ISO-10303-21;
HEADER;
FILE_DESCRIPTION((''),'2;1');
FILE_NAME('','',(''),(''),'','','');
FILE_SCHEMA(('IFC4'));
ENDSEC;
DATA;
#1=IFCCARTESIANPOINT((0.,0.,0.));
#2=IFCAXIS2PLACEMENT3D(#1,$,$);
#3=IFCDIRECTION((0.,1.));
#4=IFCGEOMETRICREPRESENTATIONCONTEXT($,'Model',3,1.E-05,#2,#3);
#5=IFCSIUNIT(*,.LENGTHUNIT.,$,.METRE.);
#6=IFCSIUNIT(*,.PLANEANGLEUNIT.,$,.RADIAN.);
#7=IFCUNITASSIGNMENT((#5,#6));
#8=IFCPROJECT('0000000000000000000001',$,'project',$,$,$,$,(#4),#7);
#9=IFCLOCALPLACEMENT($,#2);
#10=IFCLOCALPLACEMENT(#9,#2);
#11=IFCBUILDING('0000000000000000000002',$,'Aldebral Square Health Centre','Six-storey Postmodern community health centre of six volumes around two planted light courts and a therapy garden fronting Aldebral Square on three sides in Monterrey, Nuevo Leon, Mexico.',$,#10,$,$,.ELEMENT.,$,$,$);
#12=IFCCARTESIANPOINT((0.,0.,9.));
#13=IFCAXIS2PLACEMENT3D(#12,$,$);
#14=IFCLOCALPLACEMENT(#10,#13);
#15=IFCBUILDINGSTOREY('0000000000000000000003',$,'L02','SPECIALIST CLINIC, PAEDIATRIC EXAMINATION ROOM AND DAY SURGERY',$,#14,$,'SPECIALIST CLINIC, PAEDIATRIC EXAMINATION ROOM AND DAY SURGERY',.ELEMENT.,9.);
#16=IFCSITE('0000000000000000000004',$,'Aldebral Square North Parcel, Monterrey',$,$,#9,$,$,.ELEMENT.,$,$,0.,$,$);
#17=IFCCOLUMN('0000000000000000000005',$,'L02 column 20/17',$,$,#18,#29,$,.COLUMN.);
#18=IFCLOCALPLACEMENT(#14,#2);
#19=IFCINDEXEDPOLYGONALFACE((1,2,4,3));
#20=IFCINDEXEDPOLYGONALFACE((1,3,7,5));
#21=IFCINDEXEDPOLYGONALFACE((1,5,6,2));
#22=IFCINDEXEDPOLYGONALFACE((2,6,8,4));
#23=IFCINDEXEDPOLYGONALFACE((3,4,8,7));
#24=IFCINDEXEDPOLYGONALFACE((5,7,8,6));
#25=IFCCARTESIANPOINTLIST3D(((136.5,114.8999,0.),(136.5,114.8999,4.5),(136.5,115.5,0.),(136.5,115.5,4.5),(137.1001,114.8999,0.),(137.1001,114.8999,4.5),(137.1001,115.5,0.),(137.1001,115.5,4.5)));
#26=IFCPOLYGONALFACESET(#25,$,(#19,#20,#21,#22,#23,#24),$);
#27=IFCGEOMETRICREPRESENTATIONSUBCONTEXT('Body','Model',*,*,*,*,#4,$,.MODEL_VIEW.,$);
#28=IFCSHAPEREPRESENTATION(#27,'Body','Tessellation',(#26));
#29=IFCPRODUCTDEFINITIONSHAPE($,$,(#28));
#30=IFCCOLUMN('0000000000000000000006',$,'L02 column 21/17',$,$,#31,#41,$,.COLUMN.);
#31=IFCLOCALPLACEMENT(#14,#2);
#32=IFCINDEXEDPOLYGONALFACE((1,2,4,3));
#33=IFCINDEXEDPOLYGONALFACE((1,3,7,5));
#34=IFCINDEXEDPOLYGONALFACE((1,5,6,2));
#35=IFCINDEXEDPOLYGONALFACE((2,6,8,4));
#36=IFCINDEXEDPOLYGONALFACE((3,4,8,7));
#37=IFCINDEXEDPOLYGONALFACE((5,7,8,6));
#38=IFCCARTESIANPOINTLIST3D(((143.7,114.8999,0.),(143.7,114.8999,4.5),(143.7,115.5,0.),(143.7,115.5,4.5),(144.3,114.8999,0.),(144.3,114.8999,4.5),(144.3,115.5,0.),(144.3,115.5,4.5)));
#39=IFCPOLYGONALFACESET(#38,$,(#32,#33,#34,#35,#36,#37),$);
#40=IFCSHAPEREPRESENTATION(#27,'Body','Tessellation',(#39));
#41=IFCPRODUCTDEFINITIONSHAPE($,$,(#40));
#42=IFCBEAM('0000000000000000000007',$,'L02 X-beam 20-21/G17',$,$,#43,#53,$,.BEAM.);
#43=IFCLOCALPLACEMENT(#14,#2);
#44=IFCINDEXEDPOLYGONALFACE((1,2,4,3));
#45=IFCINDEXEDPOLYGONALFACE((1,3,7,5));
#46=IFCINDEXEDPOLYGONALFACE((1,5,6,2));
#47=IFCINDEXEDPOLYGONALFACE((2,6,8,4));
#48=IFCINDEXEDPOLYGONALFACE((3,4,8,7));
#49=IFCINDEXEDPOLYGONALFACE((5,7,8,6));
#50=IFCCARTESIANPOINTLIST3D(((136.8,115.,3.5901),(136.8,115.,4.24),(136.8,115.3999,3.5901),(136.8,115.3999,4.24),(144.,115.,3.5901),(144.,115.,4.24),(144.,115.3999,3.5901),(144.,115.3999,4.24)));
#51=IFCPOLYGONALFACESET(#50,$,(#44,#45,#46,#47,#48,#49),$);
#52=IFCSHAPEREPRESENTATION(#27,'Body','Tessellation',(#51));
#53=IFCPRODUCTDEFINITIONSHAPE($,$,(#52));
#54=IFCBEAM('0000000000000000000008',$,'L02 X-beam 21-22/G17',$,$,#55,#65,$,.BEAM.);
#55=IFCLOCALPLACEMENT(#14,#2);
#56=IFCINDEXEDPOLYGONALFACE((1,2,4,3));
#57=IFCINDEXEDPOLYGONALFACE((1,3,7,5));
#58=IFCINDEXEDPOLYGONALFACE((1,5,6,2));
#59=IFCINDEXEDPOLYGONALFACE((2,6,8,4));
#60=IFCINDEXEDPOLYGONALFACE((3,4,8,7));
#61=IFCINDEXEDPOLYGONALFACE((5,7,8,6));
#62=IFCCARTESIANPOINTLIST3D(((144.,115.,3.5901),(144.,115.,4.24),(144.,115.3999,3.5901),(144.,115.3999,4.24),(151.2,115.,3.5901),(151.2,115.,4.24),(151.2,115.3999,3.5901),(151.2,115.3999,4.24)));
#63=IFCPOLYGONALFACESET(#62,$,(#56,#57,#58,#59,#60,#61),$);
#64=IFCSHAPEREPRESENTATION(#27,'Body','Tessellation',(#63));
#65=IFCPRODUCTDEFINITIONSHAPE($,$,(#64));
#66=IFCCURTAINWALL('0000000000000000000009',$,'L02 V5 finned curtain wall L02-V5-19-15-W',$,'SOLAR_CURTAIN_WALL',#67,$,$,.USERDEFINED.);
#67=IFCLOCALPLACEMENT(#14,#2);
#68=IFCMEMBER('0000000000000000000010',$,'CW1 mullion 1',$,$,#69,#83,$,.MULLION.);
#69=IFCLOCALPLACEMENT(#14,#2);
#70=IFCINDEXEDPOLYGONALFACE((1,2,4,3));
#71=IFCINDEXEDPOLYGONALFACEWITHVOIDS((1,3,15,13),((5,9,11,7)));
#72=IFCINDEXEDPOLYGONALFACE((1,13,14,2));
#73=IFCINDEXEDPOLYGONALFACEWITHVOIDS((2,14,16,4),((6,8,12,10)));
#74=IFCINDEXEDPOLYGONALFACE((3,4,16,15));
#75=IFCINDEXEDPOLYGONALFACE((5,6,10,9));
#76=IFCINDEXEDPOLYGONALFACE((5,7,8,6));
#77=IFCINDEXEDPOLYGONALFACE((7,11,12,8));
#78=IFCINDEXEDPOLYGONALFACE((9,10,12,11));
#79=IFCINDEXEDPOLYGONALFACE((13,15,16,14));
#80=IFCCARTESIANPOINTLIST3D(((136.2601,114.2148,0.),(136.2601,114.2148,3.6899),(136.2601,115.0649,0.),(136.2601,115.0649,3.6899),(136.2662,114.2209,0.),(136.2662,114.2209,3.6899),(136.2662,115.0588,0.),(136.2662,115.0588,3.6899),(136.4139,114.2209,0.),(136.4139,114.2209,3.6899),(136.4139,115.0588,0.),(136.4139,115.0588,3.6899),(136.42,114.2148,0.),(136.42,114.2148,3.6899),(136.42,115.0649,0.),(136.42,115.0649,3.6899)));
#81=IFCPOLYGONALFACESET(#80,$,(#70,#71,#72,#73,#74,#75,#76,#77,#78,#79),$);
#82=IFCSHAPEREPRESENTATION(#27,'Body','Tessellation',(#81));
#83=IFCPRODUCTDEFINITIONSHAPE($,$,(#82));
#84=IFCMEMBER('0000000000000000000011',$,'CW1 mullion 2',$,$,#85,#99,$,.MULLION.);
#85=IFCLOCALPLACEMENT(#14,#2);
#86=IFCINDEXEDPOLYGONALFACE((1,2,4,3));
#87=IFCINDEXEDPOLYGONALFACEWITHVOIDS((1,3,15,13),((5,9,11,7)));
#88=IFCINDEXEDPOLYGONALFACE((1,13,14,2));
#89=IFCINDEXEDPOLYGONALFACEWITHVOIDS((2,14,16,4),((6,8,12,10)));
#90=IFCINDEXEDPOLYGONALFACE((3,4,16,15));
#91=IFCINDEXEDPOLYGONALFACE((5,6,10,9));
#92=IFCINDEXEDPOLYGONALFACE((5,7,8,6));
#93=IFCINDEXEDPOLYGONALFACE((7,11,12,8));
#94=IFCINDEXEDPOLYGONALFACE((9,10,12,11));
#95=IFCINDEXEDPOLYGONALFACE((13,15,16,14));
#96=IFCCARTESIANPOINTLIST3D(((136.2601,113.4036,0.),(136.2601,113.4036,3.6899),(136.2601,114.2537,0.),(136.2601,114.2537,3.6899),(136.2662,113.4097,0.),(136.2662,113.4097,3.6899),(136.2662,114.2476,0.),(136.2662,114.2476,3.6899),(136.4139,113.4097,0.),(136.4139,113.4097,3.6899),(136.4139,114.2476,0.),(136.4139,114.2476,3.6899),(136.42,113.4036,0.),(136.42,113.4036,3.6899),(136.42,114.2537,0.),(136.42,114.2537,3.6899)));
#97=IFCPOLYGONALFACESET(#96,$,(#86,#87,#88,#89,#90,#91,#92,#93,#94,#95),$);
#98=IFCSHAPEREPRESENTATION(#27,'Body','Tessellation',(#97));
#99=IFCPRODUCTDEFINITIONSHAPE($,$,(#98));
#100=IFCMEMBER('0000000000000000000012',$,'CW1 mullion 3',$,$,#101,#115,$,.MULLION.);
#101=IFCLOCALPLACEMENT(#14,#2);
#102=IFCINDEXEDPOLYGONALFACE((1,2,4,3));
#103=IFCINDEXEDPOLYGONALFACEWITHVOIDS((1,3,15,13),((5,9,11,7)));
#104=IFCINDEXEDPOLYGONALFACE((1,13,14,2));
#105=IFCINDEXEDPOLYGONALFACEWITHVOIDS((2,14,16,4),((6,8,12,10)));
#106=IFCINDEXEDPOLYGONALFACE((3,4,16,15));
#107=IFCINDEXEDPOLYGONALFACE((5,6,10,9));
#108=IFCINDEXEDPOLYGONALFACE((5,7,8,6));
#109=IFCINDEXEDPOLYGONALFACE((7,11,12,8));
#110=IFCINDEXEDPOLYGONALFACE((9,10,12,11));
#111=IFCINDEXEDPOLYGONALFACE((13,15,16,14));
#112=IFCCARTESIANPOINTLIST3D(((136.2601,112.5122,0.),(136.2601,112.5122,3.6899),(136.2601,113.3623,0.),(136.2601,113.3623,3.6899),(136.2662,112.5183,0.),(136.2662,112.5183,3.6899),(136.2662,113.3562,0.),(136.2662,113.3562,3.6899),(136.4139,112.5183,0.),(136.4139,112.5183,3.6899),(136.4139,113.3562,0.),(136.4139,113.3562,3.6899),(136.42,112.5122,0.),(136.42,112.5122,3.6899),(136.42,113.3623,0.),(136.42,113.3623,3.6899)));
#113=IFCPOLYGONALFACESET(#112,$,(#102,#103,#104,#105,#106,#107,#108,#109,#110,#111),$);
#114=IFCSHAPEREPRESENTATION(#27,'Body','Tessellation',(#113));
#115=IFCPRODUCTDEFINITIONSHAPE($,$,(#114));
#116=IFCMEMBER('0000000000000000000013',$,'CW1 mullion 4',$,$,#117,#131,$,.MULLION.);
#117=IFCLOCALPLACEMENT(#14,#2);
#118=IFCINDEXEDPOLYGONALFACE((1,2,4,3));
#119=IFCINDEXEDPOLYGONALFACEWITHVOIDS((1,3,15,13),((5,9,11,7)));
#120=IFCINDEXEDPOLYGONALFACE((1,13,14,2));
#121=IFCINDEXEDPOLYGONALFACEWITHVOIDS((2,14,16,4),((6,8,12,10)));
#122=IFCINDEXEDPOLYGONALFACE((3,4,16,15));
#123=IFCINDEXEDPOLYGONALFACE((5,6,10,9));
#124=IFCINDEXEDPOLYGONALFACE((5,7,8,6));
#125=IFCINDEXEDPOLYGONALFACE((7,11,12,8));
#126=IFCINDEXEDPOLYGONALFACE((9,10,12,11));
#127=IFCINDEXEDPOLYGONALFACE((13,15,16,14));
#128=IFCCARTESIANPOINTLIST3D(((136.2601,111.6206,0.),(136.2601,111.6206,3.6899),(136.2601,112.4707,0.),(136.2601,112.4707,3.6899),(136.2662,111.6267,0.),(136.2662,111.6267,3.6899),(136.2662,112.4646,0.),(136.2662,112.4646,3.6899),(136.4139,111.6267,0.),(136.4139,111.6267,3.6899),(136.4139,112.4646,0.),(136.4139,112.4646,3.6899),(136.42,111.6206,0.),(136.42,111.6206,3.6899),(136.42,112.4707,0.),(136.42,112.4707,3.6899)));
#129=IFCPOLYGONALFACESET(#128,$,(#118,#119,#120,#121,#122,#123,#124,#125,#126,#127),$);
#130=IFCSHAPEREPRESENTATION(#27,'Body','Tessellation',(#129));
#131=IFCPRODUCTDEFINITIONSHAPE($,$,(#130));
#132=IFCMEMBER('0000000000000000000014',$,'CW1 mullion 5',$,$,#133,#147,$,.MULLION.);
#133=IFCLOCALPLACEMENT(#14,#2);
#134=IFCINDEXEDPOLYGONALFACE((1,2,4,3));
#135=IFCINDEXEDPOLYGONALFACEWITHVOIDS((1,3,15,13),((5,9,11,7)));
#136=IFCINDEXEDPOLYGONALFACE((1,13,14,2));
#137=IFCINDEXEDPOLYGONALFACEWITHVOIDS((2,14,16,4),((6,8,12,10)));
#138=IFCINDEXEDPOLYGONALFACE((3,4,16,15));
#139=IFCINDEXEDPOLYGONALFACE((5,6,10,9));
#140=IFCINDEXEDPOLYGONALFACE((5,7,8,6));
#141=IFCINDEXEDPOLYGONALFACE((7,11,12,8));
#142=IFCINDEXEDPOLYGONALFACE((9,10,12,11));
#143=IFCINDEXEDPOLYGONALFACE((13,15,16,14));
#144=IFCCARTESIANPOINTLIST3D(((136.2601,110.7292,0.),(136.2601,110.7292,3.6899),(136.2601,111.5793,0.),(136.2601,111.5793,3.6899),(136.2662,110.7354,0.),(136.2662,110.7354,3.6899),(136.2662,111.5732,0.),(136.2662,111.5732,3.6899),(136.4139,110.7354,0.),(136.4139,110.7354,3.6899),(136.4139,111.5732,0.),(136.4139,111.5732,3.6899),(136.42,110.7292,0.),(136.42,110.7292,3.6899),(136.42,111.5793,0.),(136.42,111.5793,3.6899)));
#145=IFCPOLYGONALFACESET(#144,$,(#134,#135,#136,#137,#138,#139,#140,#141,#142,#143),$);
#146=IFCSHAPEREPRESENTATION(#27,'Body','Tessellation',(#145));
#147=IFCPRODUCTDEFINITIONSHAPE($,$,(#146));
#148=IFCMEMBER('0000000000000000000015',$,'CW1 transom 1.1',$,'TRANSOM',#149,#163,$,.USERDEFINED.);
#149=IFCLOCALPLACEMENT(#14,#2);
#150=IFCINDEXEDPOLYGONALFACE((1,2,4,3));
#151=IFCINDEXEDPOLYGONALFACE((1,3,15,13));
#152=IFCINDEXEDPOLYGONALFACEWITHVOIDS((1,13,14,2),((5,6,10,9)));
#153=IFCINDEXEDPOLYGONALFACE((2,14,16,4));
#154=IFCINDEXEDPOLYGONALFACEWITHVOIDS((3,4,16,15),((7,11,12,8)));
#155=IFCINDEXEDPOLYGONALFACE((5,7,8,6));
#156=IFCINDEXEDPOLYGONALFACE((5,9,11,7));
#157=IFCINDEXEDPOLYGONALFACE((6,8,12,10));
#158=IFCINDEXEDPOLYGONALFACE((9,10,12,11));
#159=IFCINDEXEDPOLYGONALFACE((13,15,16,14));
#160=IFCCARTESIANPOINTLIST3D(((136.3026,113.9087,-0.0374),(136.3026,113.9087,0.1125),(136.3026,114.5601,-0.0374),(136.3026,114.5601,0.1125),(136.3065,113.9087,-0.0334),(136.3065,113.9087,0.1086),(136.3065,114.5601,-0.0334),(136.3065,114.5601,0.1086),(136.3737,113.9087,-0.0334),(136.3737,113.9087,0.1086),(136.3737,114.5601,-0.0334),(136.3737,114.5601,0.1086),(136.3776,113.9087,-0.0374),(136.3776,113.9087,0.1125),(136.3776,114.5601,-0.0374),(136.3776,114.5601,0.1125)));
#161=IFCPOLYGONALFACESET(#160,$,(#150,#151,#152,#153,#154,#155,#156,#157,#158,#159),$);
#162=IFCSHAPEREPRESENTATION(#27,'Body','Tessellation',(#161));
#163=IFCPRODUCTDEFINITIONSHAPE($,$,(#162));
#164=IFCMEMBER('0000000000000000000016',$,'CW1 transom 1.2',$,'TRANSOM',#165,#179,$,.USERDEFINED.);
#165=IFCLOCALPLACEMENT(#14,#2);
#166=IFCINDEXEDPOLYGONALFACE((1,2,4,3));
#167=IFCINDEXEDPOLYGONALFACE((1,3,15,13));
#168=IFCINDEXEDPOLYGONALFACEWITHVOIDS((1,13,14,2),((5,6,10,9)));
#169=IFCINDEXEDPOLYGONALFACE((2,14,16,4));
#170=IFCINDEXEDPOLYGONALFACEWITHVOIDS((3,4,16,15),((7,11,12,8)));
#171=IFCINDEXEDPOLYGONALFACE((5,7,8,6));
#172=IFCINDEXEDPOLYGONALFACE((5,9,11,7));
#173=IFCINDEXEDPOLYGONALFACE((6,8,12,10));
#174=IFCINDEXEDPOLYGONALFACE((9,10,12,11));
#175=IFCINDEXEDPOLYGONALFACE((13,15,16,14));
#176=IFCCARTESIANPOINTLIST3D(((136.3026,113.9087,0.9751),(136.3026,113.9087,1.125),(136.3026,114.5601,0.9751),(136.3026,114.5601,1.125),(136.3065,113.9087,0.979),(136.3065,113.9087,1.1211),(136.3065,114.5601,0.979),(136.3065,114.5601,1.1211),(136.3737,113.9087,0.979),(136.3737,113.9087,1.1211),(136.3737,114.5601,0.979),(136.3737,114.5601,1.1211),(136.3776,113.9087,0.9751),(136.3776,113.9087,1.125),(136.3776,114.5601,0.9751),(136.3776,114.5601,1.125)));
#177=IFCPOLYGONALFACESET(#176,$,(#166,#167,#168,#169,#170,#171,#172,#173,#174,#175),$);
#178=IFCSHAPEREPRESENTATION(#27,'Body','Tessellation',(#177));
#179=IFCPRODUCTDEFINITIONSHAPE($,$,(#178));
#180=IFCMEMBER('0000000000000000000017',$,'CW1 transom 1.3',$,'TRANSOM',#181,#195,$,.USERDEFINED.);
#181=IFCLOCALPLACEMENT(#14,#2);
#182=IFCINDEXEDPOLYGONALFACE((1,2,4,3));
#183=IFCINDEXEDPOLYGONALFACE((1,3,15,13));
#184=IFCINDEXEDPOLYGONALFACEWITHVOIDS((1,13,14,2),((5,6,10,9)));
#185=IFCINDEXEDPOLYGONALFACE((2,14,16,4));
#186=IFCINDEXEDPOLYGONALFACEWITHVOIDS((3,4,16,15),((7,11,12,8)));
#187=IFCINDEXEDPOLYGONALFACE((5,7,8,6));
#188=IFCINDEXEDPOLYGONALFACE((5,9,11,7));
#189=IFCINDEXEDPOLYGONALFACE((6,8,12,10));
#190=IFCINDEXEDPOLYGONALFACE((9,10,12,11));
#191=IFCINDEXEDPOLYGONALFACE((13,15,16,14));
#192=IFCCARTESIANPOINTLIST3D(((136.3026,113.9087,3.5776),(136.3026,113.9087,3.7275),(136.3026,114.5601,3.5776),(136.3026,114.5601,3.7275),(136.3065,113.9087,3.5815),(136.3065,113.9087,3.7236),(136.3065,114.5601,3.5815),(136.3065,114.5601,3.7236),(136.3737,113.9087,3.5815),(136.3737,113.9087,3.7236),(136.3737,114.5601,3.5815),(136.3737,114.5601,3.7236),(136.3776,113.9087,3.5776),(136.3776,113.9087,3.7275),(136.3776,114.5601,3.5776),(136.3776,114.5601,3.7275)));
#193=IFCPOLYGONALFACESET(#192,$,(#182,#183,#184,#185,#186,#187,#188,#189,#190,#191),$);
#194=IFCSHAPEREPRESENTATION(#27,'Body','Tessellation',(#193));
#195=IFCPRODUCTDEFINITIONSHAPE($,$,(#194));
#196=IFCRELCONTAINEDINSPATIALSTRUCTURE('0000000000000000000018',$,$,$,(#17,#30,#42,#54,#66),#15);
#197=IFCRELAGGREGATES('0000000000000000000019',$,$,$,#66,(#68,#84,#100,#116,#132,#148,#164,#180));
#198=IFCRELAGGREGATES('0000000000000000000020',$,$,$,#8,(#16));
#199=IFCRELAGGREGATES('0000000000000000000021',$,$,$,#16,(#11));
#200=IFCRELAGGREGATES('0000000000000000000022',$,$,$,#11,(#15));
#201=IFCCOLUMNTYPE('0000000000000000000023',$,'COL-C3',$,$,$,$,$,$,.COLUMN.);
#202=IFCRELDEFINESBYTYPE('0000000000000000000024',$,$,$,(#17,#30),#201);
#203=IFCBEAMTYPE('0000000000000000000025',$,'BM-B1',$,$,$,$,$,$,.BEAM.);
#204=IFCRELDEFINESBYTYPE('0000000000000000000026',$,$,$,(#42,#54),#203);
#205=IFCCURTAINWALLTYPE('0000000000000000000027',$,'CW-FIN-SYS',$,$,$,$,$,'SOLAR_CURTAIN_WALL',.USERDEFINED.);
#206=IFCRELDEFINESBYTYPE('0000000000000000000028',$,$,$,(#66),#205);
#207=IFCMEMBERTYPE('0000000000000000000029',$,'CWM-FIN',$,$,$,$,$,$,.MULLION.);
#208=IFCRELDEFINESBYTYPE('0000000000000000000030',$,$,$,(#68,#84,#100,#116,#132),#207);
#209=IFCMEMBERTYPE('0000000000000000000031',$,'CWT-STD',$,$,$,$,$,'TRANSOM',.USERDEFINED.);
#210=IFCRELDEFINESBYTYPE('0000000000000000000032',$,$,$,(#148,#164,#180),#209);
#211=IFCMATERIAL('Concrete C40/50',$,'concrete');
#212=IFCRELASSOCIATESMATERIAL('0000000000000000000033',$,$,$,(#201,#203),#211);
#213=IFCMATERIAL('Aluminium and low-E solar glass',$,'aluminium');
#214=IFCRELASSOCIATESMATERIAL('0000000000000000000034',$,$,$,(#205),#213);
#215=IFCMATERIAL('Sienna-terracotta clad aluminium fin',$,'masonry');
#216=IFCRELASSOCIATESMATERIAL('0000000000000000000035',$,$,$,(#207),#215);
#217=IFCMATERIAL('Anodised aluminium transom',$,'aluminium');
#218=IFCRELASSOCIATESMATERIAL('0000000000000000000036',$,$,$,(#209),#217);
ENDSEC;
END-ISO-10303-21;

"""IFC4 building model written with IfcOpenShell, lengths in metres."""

from ifc_helpers import new_model, si_unit, direction, frame, origin, origin_2d, place, context, subcontext, project, spatial, rectangle, hollow_rectangle, extrude, material, material_profile, profile_set, type_object, element, aggregate, save


model = new_model("IFC4")

# Units and contexts
model_context = context("Model", 3, precision=1e-05, world=origin(), true_north=direction((0.0, 1.0)))
body_context = subcontext(model_context, "Body", "Model", "MODEL_VIEW")
ifc_project = project(units=[si_unit("LENGTHUNIT", "METRE"), si_unit("PLANEANGLEUNIT", "RADIAN")], contexts=[model_context])

# Site, building, storey
site_placement = place(None, origin())
site = spatial("IfcSite", under=ifc_project, at=site_placement, Name="Aldebral Square North Parcel, Monterrey", CompositionType="ELEMENT", RefElevation=0.0)
building_placement = place(site_placement, origin())
building = spatial("IfcBuilding", under=site, at=building_placement, Name="Aldebral Square Health Centre", Description="Six-storey Postmodern community health centre of six volumes around two planted light courts and a therapy garden fronting Aldebral Square on three sides in Monterrey, Nuevo Leon, Mexico.", CompositionType="ELEMENT")
storey_placement = place(building_placement, frame((0.0, 0.0, 9.0)))
storey = spatial("IfcBuildingStorey", under=building, at=storey_placement, Name="L02", Description="SPECIALIST CLINIC, PAEDIATRIC EXAMINATION ROOM AND DAY SURGERY", LongName="SPECIALIST CLINIC, PAEDIATRIC EXAMINATION ROOM AND DAY SURGERY", CompositionType="ELEMENT", Elevation=9.0)

# Columns
ifc_material_1 = material(Name="Concrete C40/50", Category="concrete")
ifc_material_profile_1 = material_profile(ifc_material_1, rectangle(XDim=0.6001, YDim=0.6001, at=origin_2d()), Name="RC 600x600")
ifc_profile_set_1 = profile_set([ifc_material_profile_1], Name="Concrete C40/50")
column_type = type_object("IfcColumnType", Name="COL-C3", PredefinedType="COLUMN", material=ifc_profile_set_1)
for number, where, z_axis, x_axis, name in (
    (1, (136.8, 115.2, 0.0), (0.0, 0.0, 1.0), (1.0, 0.0, 0.0), "L02 column 20/17"),
    (2, (144.0, 115.2, 0.0), (0.0, 0.0, 1.0), (1.0, 0.0, 0.0), "L02 column 21/17"),
):
    element("IfcColumn", number, at=place(storey_placement, frame(where, z_axis=z_axis, x_axis=x_axis)), inside=storey, type_object=column_type, Name=name, PredefinedType="COLUMN", context=body_context, shape_type="SweptSolid", body=[
        extrude(rectangle(XDim=0.6001, YDim=0.6001, at=origin_2d()), origin(), (0.0, 0.0, 1.0), 4.5),
    ])

# Beams
ifc_material_profile_2 = material_profile(ifc_material_1, rectangle(XDim=0.3999, YDim=0.6499, at=origin_2d()), Name="RC 400x650")
ifc_profile_set_2 = profile_set([ifc_material_profile_2], Name="Concrete C40/50")
beam_type = type_object("IfcBeamType", Name="BM-B1", PredefinedType="BEAM", material=ifc_profile_set_2)
for number, where, z_axis, x_axis, name in (
    (3, (136.8, 115.2, 3.915), (1.0, 0.0, 0.0), (0.0, 1.0, 0.0), "L02 X-beam 20-21/G17"),
    (4, (144.0, 115.2, 3.915), (1.0, 0.0, 0.0), (0.0, 1.0, 0.0), "L02 X-beam 21-22/G17"),
):
    element("IfcBeam", number, at=place(storey_placement, frame(where, z_axis=z_axis, x_axis=x_axis)), inside=storey, type_object=beam_type, Name=name, PredefinedType="BEAM", context=body_context, shape_type="SweptSolid", body=[
        extrude(rectangle(XDim=0.3999, YDim=0.6499, at=origin_2d()), origin(), (0.0, 0.0, 1.0), 7.2),
    ])

# Curtain wall, members
ifc_material_2 = material(Name="Aluminium and low-E solar glass", Category="aluminium")
curtain_wall_type = type_object("IfcCurtainWallType", Name="CW-FIN-SYS", ElementType="SOLAR_CURTAIN_WALL", PredefinedType="USERDEFINED", material=ifc_material_2)
curtain_wall_placement = place(storey_placement, origin())
curtain_wall = element("IfcCurtainWall", 5, at=curtain_wall_placement, inside=storey, type_object=curtain_wall_type, Name="L02 V5 finned curtain wall L02-V5-19-15-W", ObjectType="SOLAR_CURTAIN_WALL", PredefinedType="USERDEFINED")
ifc_material_3 = material(Name="Sienna-terracotta clad aluminium fin", Category="masonry")
ifc_material_profile_3 = material_profile(ifc_material_3, hollow_rectangle(XDim=0.1599, YDim=0.8501, WallThickness=0.0061, at=origin_2d()), Name="FIN 160x850x6")
ifc_profile_set_3 = profile_set([ifc_material_profile_3], Name="Sienna-terracotta clad aluminium fin")
member_type_1 = type_object("IfcMemberType", Name="CWM-FIN", PredefinedType="MULLION", material=ifc_profile_set_3)
member_1_placement = place(storey_placement, frame((136.3401, 114.6399, 0.0), z_axis=(0.0, 0.0, 1.0), x_axis=(1.0, 0.0, 0.0)))
member_1 = element("IfcMember", 6, at=member_1_placement, type_object=member_type_1, Name="CW1 mullion 1", PredefinedType="MULLION", context=body_context, shape_type="SweptSolid", body=[
    extrude(hollow_rectangle(XDim=0.1599, YDim=0.8501, WallThickness=0.0061, at=origin_2d()), origin(), (0.0, 0.0, 1.0), 3.6899),
])
member_2_placement = place(storey_placement, frame((136.3401, 113.8286, 0.0), z_axis=(0.0, 0.0, 1.0), x_axis=(1.0, 0.0, 0.0)))
member_2 = element("IfcMember", 7, at=member_2_placement, type_object=member_type_1, Name="CW1 mullion 2", PredefinedType="MULLION", context=body_context, shape_type="SweptSolid", body=[
    extrude(hollow_rectangle(XDim=0.1599, YDim=0.8501, WallThickness=0.0061, at=origin_2d()), origin(), (0.0, 0.0, 1.0), 3.6899),
])
member_3_placement = place(storey_placement, frame((136.3401, 112.9373, 0.0), z_axis=(0.0, 0.0, 1.0), x_axis=(1.0, 0.0, 0.0)))
member_3 = element("IfcMember", 8, at=member_3_placement, type_object=member_type_1, Name="CW1 mullion 3", PredefinedType="MULLION", context=body_context, shape_type="SweptSolid", body=[
    extrude(hollow_rectangle(XDim=0.1599, YDim=0.8501, WallThickness=0.0061, at=origin_2d()), origin(), (0.0, 0.0, 1.0), 3.6899),
])
member_4_placement = place(storey_placement, frame((136.3401, 112.0457, 0.0), z_axis=(0.0, 0.0, 1.0), x_axis=(1.0, 0.0, 0.0)))
member_4 = element("IfcMember", 9, at=member_4_placement, type_object=member_type_1, Name="CW1 mullion 4", PredefinedType="MULLION", context=body_context, shape_type="SweptSolid", body=[
    extrude(hollow_rectangle(XDim=0.1599, YDim=0.8501, WallThickness=0.0061, at=origin_2d()), origin(), (0.0, 0.0, 1.0), 3.6899),
])
member_5_placement = place(storey_placement, frame((136.3401, 111.1543, 0.0), z_axis=(0.0, 0.0, 1.0), x_axis=(1.0, 0.0, 0.0)))
member_5 = element("IfcMember", 10, at=member_5_placement, type_object=member_type_1, Name="CW1 mullion 5", PredefinedType="MULLION", context=body_context, shape_type="SweptSolid", body=[
    extrude(hollow_rectangle(XDim=0.1599, YDim=0.8501, WallThickness=0.0061, at=origin_2d()), origin(), (0.0, 0.0, 1.0), 3.6899),
])
ifc_material_4 = material(Name="Anodised aluminium transom", Category="aluminium")
ifc_material_profile_4 = material_profile(ifc_material_4, hollow_rectangle(XDim=0.075, YDim=0.1499, WallThickness=0.0039, at=origin_2d()), Name="CWT 75x150x4")
ifc_profile_set_4 = profile_set([ifc_material_profile_4], Name="Anodised aluminium transom")
member_type_2 = type_object("IfcMemberType", Name="CWT-STD", ElementType="TRANSOM", PredefinedType="USERDEFINED", material=ifc_profile_set_4)
member_6_placement = place(storey_placement, frame((136.3401, 114.5601, 0.0376), z_axis=(0.0, -1.0, 0.0), x_axis=(1.0, 0.0, 0.0)))
member_6 = element("IfcMember", 11, at=member_6_placement, type_object=member_type_2, Name="CW1 transom 1.1", ObjectType="TRANSOM", PredefinedType="USERDEFINED", context=body_context, shape_type="SweptSolid", body=[
    extrude(hollow_rectangle(XDim=0.075, YDim=0.1499, WallThickness=0.0039, at=origin_2d()), origin(), (0.0, 0.0, 1.0), 0.6514),
])
member_7_placement = place(storey_placement, frame((136.3401, 114.5601, 1.05), z_axis=(0.0, -1.0, 0.0), x_axis=(1.0, 0.0, 0.0)))
member_7 = element("IfcMember", 12, at=member_7_placement, type_object=member_type_2, Name="CW1 transom 1.2", ObjectType="TRANSOM", PredefinedType="USERDEFINED", context=body_context, shape_type="SweptSolid", body=[
    extrude(hollow_rectangle(XDim=0.075, YDim=0.1499, WallThickness=0.0039, at=origin_2d()), origin(), (0.0, 0.0, 1.0), 0.6514),
])
member_8_placement = place(storey_placement, frame((136.3401, 114.5601, 3.6526), z_axis=(0.0, -1.0, 0.0), x_axis=(1.0, 0.0, 0.0)))
member_8 = element("IfcMember", 13, at=member_8_placement, type_object=member_type_2, Name="CW1 transom 1.3", ObjectType="TRANSOM", PredefinedType="USERDEFINED", context=body_context, shape_type="SweptSolid", body=[
    extrude(hollow_rectangle(XDim=0.075, YDim=0.1499, WallThickness=0.0039, at=origin_2d()), origin(), (0.0, 0.0, 1.0), 0.6514),
])

aggregate(curtain_wall, [member_1, member_2, member_3, member_4, member_5, member_6, member_7, member_8])

save(model, "model.ifc")
